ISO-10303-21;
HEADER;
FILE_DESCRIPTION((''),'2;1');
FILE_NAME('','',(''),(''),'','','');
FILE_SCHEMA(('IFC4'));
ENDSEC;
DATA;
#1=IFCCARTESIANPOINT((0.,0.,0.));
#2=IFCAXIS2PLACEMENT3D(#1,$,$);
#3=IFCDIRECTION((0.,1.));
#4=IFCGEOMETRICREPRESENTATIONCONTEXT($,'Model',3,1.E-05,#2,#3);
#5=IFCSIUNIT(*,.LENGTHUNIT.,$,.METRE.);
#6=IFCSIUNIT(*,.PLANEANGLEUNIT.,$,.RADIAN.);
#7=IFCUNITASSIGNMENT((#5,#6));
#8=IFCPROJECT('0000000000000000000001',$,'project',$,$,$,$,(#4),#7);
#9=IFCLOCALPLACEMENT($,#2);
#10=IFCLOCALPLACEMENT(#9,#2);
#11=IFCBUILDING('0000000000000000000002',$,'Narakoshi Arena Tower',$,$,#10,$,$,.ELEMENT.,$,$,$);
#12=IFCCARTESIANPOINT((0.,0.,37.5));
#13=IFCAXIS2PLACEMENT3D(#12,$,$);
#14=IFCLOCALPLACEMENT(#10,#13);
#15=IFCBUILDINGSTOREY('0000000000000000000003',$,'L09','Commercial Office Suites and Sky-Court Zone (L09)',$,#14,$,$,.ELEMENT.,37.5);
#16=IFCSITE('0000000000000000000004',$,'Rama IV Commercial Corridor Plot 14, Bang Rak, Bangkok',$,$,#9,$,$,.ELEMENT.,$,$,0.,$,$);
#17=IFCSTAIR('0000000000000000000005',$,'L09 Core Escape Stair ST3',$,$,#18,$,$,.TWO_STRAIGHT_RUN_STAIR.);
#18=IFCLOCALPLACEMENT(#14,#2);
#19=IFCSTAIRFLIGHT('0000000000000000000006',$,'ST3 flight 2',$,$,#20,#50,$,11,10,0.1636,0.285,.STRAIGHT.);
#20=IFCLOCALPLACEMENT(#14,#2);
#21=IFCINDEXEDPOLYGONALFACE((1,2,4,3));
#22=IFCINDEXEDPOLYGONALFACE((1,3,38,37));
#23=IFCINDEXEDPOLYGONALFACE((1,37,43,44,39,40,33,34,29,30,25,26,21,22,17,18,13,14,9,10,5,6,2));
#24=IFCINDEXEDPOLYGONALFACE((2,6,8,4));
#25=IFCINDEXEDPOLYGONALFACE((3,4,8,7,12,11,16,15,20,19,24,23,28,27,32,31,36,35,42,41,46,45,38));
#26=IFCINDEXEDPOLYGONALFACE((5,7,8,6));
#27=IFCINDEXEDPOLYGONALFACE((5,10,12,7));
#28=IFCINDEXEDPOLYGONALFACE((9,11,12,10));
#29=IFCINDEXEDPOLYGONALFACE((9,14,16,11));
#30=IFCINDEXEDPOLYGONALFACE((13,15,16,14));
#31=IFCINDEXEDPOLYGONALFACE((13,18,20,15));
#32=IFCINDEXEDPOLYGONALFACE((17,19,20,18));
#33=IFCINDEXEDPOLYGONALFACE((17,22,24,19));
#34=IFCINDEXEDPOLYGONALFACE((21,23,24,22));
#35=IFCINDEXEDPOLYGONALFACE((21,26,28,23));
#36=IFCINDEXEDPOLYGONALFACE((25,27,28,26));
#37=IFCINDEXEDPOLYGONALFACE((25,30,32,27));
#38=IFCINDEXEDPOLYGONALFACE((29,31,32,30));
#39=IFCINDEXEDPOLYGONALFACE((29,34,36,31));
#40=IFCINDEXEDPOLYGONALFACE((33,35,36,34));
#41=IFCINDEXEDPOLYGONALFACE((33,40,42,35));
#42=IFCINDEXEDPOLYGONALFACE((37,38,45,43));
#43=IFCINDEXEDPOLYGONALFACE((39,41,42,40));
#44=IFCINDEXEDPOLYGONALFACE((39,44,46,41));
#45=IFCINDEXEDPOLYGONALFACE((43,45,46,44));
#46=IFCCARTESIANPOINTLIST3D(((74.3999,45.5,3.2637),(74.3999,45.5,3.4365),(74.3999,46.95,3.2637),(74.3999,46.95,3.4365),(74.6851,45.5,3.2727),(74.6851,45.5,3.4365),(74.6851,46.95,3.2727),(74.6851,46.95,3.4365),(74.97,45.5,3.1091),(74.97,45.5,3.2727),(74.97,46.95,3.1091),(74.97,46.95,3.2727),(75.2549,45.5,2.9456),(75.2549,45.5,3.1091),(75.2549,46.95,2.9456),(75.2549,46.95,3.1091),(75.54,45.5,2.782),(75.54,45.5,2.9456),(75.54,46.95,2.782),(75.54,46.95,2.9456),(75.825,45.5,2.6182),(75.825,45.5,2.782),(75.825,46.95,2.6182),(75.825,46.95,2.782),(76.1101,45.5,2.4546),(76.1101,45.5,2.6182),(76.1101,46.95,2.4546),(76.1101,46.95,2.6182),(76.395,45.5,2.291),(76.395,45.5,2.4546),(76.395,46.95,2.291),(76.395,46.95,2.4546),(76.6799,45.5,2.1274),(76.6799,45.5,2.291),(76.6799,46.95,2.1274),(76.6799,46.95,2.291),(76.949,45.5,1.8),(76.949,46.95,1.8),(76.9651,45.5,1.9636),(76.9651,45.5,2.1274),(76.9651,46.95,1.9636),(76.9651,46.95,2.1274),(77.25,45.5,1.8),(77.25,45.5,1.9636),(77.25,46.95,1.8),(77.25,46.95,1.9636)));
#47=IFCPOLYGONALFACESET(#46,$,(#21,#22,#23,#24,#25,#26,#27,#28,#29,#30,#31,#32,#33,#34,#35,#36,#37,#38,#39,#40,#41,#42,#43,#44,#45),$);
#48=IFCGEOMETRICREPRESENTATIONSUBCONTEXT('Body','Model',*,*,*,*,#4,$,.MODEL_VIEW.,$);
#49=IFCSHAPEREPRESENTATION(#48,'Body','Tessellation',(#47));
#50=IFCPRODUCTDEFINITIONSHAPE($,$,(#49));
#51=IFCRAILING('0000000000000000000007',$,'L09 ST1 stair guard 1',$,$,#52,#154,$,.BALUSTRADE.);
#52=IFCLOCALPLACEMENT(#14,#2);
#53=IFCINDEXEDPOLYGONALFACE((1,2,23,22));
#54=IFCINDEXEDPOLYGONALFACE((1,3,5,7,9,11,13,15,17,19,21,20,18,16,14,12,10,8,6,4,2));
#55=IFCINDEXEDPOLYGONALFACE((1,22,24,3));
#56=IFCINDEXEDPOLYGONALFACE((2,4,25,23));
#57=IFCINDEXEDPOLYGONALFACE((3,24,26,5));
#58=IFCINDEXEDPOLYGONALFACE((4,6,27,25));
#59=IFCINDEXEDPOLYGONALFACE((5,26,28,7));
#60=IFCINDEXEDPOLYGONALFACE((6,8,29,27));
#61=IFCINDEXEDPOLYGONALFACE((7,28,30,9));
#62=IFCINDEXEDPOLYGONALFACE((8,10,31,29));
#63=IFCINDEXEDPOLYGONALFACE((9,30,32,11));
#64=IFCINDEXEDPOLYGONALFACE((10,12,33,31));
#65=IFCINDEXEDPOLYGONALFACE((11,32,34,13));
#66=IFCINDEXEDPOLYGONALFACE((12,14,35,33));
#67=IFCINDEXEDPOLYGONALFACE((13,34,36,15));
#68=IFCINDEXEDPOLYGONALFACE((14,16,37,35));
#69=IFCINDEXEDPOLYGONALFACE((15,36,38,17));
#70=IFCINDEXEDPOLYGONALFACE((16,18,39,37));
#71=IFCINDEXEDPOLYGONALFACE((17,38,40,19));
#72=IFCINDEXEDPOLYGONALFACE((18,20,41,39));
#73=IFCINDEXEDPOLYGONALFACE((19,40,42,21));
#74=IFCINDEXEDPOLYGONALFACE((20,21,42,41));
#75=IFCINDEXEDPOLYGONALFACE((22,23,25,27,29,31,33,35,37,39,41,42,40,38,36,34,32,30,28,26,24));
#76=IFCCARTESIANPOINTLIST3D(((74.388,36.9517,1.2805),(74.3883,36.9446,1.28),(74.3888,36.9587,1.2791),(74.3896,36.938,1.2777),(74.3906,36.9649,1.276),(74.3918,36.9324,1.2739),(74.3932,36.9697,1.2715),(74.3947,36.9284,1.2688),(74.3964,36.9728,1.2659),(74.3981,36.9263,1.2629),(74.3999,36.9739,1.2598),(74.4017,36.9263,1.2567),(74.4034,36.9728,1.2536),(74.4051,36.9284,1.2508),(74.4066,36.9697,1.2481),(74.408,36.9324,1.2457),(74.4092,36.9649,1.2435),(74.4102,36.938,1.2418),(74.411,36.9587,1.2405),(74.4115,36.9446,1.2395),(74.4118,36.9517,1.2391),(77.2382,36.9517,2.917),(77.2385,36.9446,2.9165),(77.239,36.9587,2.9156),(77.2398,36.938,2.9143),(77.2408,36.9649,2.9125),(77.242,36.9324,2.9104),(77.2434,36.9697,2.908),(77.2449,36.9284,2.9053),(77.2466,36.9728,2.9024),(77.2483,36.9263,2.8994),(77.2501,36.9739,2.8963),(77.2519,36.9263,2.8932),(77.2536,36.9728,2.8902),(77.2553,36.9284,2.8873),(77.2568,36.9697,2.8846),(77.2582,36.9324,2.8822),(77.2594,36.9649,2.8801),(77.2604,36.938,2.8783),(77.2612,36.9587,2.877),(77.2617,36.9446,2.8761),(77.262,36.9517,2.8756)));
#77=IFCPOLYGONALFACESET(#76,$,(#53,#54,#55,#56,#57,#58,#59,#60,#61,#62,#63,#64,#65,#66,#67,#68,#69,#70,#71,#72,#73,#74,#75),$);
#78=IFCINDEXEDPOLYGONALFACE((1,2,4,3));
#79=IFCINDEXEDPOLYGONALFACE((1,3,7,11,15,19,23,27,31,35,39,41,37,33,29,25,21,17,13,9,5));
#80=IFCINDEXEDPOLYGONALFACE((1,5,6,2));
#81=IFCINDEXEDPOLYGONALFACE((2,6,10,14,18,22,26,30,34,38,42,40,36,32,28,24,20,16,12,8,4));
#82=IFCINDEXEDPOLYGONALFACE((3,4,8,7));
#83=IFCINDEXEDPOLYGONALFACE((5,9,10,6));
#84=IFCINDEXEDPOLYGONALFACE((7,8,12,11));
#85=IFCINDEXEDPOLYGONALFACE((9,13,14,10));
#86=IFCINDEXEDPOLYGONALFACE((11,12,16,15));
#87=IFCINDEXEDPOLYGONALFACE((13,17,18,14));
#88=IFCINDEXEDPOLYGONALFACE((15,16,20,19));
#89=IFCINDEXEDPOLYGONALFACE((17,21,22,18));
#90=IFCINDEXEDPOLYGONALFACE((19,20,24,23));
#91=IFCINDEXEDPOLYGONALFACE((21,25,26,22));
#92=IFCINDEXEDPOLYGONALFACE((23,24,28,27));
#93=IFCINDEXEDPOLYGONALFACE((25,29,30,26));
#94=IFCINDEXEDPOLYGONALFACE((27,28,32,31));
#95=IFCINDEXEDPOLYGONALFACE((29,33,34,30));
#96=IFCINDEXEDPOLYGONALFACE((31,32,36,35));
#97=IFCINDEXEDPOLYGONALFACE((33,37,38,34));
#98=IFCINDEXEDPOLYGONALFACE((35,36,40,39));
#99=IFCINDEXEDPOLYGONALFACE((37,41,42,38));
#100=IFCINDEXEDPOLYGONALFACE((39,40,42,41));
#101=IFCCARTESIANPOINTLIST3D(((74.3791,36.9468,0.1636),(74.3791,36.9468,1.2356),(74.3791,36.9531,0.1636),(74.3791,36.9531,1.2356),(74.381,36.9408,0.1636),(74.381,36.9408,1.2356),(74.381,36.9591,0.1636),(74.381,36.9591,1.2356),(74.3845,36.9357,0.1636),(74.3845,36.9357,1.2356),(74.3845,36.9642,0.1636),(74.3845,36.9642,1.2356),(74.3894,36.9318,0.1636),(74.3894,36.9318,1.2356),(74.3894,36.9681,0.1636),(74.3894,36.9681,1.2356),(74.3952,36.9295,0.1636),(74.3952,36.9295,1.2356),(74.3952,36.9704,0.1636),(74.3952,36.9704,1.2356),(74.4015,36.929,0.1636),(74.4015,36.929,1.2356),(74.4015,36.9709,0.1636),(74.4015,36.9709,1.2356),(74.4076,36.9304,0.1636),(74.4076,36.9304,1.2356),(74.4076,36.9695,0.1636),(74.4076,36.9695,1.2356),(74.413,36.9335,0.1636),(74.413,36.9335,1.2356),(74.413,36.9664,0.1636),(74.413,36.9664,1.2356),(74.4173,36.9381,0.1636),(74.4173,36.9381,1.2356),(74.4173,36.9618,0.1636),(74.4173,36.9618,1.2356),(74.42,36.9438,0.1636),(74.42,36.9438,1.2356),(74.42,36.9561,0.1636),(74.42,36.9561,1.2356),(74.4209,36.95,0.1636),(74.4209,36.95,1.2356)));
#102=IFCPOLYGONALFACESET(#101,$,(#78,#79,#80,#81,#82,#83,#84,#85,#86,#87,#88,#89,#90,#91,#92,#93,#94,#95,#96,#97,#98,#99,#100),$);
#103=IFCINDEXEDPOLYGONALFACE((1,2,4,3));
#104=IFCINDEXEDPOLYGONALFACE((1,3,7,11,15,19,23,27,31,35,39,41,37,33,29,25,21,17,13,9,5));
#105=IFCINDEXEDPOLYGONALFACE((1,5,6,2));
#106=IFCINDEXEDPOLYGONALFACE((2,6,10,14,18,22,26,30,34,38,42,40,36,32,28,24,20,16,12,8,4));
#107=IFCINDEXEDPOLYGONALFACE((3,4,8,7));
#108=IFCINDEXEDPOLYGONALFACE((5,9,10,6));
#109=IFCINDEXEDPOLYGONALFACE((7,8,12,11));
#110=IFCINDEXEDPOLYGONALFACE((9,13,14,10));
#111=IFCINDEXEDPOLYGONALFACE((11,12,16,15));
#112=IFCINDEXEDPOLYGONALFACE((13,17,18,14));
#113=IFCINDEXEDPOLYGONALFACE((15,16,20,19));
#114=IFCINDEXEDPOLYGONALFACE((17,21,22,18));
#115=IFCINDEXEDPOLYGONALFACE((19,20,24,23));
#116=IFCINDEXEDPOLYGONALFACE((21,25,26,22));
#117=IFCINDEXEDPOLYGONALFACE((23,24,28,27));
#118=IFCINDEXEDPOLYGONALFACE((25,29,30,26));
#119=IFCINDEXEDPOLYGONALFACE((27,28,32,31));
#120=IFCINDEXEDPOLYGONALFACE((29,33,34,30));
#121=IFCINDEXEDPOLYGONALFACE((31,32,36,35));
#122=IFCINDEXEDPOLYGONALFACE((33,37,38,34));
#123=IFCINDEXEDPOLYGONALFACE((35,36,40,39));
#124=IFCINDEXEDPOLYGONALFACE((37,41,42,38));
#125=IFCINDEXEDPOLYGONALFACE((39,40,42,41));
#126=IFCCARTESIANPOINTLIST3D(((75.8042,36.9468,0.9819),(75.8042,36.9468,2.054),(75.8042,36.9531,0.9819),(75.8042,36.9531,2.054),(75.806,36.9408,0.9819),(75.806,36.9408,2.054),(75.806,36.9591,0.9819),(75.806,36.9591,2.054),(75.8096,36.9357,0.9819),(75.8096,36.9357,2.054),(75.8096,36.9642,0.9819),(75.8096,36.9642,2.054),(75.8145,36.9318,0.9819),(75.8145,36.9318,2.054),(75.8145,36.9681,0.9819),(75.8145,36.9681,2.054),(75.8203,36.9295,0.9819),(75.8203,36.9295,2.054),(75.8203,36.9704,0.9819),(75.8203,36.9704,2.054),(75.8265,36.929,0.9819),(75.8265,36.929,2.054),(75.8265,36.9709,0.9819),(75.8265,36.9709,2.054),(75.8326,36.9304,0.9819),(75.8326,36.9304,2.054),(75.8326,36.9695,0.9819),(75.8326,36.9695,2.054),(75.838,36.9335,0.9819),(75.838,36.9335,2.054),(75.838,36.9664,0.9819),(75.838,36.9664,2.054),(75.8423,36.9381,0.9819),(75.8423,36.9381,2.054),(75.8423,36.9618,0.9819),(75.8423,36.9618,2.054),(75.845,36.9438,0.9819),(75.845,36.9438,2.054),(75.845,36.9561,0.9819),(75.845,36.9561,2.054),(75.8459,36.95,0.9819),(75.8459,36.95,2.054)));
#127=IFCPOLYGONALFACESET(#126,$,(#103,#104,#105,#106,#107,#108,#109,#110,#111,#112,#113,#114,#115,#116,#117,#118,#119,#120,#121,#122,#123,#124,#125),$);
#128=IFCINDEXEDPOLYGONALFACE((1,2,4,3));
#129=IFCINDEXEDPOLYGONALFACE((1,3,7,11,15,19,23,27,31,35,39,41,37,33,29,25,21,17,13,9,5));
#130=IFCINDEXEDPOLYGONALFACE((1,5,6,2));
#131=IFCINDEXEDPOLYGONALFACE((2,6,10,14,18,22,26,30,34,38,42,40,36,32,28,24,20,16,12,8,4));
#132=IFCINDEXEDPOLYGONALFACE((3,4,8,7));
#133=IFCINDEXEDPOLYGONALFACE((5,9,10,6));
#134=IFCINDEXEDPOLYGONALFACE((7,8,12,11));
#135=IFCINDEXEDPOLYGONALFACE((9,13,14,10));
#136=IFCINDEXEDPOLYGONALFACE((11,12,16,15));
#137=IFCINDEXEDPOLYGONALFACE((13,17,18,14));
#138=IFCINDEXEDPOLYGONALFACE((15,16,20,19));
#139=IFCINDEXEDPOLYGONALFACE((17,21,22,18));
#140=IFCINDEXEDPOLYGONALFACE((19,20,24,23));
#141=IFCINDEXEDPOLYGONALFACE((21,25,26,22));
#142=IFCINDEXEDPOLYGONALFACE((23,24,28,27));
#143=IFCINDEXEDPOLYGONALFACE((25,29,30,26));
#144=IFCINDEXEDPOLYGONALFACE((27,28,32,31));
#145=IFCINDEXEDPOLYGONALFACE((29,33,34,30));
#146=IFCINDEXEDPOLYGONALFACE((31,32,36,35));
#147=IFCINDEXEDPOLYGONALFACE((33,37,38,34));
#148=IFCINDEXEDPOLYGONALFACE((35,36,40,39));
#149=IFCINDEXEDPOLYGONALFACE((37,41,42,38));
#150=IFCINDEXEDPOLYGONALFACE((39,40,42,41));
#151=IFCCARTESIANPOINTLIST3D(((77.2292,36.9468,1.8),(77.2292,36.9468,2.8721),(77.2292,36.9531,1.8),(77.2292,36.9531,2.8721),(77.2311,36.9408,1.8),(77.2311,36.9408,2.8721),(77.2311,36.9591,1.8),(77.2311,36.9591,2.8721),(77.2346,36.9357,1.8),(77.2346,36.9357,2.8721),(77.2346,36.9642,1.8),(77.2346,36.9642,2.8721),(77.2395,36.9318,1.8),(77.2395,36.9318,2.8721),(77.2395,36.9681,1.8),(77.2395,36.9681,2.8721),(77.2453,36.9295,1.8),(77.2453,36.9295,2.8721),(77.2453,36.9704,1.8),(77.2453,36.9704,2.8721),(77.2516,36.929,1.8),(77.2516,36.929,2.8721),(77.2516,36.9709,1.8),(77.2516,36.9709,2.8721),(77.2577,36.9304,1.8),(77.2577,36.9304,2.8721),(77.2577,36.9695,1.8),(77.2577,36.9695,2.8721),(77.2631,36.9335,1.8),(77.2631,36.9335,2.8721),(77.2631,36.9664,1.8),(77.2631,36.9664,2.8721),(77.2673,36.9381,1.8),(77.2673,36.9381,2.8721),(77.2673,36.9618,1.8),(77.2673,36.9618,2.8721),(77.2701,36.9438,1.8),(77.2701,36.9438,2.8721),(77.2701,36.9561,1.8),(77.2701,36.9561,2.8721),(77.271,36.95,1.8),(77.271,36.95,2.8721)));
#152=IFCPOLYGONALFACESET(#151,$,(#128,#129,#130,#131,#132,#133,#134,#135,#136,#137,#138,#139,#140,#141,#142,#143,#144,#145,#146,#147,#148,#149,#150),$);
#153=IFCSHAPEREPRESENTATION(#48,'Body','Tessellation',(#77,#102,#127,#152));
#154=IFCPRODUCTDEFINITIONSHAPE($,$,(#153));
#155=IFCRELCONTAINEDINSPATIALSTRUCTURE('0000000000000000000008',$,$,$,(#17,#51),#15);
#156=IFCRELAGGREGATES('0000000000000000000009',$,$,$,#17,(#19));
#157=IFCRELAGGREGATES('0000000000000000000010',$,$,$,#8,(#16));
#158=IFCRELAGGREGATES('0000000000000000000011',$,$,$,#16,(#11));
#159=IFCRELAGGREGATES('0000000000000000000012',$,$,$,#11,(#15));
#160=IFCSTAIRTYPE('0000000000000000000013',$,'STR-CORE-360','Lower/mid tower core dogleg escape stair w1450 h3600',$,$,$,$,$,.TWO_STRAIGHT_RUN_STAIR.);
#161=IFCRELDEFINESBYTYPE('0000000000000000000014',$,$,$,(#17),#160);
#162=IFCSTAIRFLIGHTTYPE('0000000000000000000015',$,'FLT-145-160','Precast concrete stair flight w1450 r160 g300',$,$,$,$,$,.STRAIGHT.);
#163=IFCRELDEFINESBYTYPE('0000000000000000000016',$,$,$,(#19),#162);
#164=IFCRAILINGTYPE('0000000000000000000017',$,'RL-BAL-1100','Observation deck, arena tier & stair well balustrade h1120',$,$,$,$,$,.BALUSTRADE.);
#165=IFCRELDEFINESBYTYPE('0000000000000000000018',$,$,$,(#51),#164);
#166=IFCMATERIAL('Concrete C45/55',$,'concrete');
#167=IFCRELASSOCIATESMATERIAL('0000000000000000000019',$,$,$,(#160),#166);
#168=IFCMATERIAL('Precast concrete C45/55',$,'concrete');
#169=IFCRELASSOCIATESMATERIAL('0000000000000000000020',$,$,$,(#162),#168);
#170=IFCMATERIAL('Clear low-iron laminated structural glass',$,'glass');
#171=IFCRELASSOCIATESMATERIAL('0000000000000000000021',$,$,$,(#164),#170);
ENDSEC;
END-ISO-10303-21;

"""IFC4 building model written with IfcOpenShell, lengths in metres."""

from ifc_helpers import new_model, si_unit, direction, frame, origin, origin_2d, place, context, subcontext, project, spatial, polyline, circle, outline, extrude, material, type_object, element, aggregate, save


model = new_model("IFC4")

# Units and contexts
model_context = context("Model", 3, precision=1e-05, world=origin(), true_north=direction((0.0, 1.0)))
body_context = subcontext(model_context, "Body", "Model", "MODEL_VIEW")
ifc_project = project(units=[si_unit("LENGTHUNIT", "METRE"), si_unit("PLANEANGLEUNIT", "RADIAN")], contexts=[model_context])

# Site, building, storey
site_placement = place(None, origin())
site = spatial("IfcSite", under=ifc_project, at=site_placement, Name="Rama IV Commercial Corridor Plot 14, Bang Rak, Bangkok", CompositionType="ELEMENT", RefElevation=0.0)
building_placement = place(site_placement, origin())
building = spatial("IfcBuilding", under=site, at=building_placement, Name="Narakoshi Arena Tower", CompositionType="ELEMENT")
storey_placement = place(building_placement, frame((0.0, 0.0, 37.5)))
storey = spatial("IfcBuildingStorey", under=building, at=storey_placement, Name="L09", Description="Commercial Office Suites and Sky-Court Zone (L09)", CompositionType="ELEMENT", Elevation=37.5)

# Stair, stair flight
ifc_material_1 = material(Name="Concrete C45/55", Category="concrete")
stair_type = type_object("IfcStairType", Name="STR-CORE-360", Description="Lower/mid tower core dogleg escape stair w1450 h3600", PredefinedType="TWO_STRAIGHT_RUN_STAIR", material=ifc_material_1)
ifc_material_2 = material(Name="Precast concrete C45/55", Category="concrete")
stair_flight_type = type_object("IfcStairFlightType", Name="FLT-145-160", Description="Precast concrete stair flight w1450 r160 g300", PredefinedType="STRAIGHT", material=ifc_material_2)
stair_1_placement = place(storey_placement, origin())
stair_1 = element("IfcStair", 1, at=stair_1_placement, inside=storey, type_object=stair_type, Name="L09 Core Escape Stair ST3", PredefinedType="TWO_STRAIGHT_RUN_STAIR")
stair_flight_1_placement = place(storey_placement, frame((77.25, 46.2251, 1.8), z_axis=(0.0, 0.0, 1.0), x_axis=(-1.0, 0.0, 0.0)))
stair_flight_1 = element("IfcStairFlight", 2, at=stair_flight_1_placement, type_object=stair_flight_type, Name="ST3 flight 2", NumberOfRisers=11, NumberOfTreads=10, PredefinedType="STRAIGHT", RiserHeight=0.1636, TreadLength=0.285, context=body_context, shape_type="SweptSolid", body=[
    extrude(outline(polyline([(0.0, 0.0), (0.0, 0.1636), (0.2849, 0.1636), (0.2849, 0.3274), (0.5701, 0.3274), (0.5701, 0.491), (0.855, 0.491), (0.855, 0.6545), (1.1399, 0.6545), (1.1399, 0.8181), (1.425, 0.8181), (1.425, 0.9819), (1.71, 0.9819), (1.71, 1.1455), (1.9951, 1.1455), (1.9951, 1.3091), (2.28, 1.3091), (2.28, 1.4727), (2.5649, 1.4727), (2.5649, 1.6365), (2.8501, 1.6365), (2.8501, 1.8), (2.8501, 1.4636), (0.301, 0.0), (0.0, 0.0)])), frame((0.0, 0.7251, 0.0), z_axis=(0.0, -1.0, 0.0), x_axis=(1.0, 0.0, 0.0)), (0.0, 0.0, 1.0), 1.45),
])
aggregate(stair_1, [stair_flight_1])

# Railing
ifc_material_3 = material(Name="Clear low-iron laminated structural glass", Category="glass")
railing_type_1 = type_object("IfcRailingType", Name="RL-BAL-1100", Description="Observation deck, arena tier & stair well balustrade h1120", PredefinedType="BALUSTRADE", material=ifc_material_3)
railing_1_placement = place(storey_placement, frame((74.3999, 36.95, 0.1636)))
element("IfcRailing", 3, at=railing_1_placement, inside=storey, type_object=railing_type_1, Name="L09 ST1 stair guard 1", PredefinedType="BALUSTRADE", context=body_context, shape_type="SweptSolid", body=[
    extrude(circle(Radius=0.0239, at=origin_2d()), frame((0.0, 0.0, 1.0962), z_axis=(0.867213, 0.0, 0.497938), x_axis=(0.0, 1.0, 0.0)), (0.0, 0.0, 1.0), 3.2866),
    extrude(circle(Radius=0.021, at=origin_2d()), origin(), (0.0, 0.0, 1.0), 1.072),
    extrude(circle(Radius=0.021, at=origin_2d()), frame((1.425, 0.0, 0.8184)), (0.0, 0.0, 1.0), 1.072),
    extrude(circle(Radius=0.021, at=origin_2d()), frame((2.8501, 0.0, 1.6365)), (0.0, 0.0, 1.0), 1.072),
])

save(model, "model.ifc")
